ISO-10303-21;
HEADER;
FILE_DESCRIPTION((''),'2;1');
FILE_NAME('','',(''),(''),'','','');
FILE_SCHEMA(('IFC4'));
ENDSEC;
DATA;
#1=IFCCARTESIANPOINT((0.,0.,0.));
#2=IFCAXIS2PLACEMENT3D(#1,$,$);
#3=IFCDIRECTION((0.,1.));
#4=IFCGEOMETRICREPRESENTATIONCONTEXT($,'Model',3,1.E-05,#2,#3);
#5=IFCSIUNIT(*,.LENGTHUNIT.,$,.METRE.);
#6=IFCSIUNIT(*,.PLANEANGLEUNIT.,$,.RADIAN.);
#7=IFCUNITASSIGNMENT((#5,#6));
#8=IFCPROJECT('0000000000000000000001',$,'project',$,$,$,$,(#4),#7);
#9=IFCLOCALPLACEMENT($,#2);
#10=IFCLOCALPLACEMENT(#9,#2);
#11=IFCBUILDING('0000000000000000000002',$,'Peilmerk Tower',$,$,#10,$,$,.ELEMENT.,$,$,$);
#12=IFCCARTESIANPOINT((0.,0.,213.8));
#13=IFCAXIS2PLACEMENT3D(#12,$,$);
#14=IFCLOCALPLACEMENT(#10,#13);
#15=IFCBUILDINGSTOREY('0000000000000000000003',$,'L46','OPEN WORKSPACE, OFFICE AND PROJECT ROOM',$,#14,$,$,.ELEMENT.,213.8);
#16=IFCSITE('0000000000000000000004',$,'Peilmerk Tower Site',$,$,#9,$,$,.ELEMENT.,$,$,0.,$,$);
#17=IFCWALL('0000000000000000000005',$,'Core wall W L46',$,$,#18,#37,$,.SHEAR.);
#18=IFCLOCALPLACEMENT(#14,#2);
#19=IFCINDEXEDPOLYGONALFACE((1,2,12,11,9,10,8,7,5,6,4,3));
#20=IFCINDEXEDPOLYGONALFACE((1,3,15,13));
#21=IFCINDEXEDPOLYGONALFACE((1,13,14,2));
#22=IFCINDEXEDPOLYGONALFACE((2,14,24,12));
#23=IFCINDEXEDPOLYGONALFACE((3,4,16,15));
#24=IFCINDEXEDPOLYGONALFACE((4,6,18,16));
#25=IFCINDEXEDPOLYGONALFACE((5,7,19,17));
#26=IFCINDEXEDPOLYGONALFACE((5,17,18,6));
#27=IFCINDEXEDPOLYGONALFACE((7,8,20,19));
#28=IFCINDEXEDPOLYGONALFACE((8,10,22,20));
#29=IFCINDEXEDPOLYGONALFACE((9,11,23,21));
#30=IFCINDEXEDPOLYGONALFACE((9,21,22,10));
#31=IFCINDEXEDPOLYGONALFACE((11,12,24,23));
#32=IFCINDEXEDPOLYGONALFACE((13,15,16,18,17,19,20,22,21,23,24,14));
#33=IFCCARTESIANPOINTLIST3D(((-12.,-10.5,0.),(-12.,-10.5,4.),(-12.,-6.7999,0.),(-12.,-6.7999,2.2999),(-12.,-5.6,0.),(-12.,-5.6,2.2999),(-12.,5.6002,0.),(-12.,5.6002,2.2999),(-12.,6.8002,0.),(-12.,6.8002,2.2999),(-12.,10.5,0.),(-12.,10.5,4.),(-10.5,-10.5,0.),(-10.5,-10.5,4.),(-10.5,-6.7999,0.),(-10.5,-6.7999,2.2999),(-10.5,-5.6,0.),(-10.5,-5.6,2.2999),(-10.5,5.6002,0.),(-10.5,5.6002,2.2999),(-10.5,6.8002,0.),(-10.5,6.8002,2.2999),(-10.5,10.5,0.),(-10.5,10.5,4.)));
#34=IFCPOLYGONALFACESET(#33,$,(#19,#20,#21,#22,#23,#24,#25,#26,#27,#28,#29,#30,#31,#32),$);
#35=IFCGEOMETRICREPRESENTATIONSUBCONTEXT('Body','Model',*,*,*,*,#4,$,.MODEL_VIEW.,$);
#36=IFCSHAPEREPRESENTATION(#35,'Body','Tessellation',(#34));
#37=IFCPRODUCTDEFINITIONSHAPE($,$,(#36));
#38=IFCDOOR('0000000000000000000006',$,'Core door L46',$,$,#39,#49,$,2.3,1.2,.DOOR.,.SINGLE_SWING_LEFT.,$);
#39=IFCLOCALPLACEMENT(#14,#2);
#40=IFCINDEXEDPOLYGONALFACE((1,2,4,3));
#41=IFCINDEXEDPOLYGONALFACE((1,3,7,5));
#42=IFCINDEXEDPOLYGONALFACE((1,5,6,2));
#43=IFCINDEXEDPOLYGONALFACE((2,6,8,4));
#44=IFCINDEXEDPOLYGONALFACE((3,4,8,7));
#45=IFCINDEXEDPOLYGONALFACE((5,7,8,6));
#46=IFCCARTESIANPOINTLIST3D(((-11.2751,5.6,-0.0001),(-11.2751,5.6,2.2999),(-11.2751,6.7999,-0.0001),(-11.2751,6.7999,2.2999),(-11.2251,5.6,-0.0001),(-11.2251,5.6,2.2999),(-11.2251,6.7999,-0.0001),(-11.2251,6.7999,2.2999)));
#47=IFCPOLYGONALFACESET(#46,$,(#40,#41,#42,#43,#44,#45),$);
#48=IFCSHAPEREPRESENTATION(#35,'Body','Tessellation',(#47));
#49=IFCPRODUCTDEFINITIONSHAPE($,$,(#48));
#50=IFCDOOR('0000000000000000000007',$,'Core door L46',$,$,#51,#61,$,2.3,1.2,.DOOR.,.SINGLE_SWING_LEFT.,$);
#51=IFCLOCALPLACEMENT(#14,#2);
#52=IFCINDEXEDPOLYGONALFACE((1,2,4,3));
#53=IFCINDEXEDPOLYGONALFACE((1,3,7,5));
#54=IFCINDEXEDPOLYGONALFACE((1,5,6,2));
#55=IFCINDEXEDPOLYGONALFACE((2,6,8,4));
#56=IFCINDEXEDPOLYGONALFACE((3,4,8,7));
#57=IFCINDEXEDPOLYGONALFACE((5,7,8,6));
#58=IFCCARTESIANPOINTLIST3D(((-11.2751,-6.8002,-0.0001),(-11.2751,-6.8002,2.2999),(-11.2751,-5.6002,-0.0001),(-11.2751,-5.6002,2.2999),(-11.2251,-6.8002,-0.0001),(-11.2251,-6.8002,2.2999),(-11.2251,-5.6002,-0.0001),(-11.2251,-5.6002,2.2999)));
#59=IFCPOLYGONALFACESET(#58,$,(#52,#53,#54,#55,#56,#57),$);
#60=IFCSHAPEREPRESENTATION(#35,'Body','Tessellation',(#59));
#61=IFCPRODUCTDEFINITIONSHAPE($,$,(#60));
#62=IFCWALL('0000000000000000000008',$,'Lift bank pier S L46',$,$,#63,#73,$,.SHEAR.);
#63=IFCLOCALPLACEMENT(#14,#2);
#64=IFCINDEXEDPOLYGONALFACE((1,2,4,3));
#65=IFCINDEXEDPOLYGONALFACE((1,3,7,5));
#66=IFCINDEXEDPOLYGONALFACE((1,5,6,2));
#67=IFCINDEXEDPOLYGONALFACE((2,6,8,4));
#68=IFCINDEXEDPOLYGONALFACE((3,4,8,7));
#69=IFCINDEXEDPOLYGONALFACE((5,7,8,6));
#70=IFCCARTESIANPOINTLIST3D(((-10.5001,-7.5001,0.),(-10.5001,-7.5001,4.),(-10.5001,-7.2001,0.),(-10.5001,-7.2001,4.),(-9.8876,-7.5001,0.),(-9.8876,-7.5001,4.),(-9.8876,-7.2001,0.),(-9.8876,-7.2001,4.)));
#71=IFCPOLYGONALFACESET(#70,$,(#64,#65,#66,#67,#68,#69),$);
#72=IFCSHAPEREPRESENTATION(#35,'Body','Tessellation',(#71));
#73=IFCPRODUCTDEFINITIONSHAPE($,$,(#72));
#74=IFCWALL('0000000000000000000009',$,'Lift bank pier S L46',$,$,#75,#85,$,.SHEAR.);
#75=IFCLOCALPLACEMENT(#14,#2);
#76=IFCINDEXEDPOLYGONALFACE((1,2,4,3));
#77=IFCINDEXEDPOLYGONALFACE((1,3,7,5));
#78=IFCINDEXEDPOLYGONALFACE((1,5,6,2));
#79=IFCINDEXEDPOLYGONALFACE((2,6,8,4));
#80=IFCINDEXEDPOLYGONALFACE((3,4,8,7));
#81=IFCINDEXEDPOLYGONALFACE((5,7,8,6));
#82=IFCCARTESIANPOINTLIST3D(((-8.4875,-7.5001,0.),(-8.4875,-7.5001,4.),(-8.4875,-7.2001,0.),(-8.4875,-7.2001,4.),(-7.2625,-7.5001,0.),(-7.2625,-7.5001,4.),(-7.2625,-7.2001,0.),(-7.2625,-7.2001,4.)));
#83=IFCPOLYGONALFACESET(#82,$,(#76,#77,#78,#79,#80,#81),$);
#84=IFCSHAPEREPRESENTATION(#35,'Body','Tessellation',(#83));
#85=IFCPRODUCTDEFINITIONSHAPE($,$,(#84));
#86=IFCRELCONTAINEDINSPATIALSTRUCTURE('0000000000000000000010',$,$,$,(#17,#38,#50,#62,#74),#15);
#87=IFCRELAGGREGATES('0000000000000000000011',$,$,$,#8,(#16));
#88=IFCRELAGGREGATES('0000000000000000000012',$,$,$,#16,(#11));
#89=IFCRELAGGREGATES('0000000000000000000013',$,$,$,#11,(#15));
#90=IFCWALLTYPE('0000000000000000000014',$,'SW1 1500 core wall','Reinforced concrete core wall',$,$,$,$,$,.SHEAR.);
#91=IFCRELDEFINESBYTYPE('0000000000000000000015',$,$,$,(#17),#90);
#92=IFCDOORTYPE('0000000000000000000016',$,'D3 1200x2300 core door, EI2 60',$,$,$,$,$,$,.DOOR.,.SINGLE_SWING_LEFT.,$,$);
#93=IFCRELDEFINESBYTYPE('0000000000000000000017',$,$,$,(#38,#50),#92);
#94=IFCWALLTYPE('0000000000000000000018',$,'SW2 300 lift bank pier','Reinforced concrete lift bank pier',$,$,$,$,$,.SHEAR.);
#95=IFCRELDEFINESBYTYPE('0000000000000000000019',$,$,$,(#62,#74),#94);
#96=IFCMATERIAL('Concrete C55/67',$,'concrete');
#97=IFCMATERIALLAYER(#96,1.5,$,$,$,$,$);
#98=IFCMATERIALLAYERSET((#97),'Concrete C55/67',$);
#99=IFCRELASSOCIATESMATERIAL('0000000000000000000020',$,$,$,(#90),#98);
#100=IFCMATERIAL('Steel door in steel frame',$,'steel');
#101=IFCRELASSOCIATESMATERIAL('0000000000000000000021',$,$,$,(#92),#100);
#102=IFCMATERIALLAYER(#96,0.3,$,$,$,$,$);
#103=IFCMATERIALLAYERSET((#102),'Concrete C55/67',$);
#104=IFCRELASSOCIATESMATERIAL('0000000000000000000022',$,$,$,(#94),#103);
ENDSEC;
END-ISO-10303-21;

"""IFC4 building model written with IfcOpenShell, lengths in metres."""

from ifc_helpers import new_model, si_unit, direction, frame, frame_2d, origin, place, context, subcontext, project, spatial, rectangle, extrude, material, layer, layer_set, type_object, element, fill, save


model = new_model("IFC4")

# Units and contexts
model_context = context("Model", 3, precision=1e-05, world=origin(), true_north=direction((0.0, 1.0)))
body_context = subcontext(model_context, "Body", "Model", "MODEL_VIEW")
ifc_project = project(units=[si_unit("LENGTHUNIT", "METRE"), si_unit("PLANEANGLEUNIT", "RADIAN")], contexts=[model_context])

# Site, building, storey
site_placement = place(None, origin())
site = spatial("IfcSite", under=ifc_project, at=site_placement, Name="Peilmerk Tower Site", CompositionType="ELEMENT", RefElevation=0.0)
building_placement = place(site_placement, origin())
building = spatial("IfcBuilding", under=site, at=building_placement, Name="Peilmerk Tower", CompositionType="ELEMENT")
storey_placement = place(building_placement, frame((0.0, 0.0, 213.8)))
storey = spatial("IfcBuildingStorey", under=building, at=storey_placement, Name="L46", Description="OPEN WORKSPACE, OFFICE AND PROJECT ROOM", CompositionType="ELEMENT", Elevation=213.8)

# Wall, openings, doors
ifc_material_1 = material(Name="Concrete C55/67", Category="concrete")
ifc_layer_1 = layer(ifc_material_1, 1.5)
ifc_layer_set_1 = layer_set([ifc_layer_1], Name="Concrete C55/67")
wall_type_1 = type_object("IfcWallType", Name="SW1 1500 core wall", Description="Reinforced concrete core wall", PredefinedType="SHEAR", material=ifc_layer_set_1)
wall_1_placement = place(storey_placement, frame((-11.25, -10.5, 0.0), z_axis=(0.0, 0.0, 1.0), x_axis=(0.0, 1.0, 0.0)))
wall_1 = element("IfcWall", 1, at=wall_1_placement, inside=storey, type_object=wall_type_1, Name="Core wall W L46", PredefinedType="SHEAR", context=body_context, shape_type="SweptSolid", body=[
    extrude(rectangle(XDim=21.0, YDim=1.5, at=frame_2d((10.5, 0.0))), origin(), (0.0, 0.0, 1.0), 4.0),
])
opening_1_placement = place(wall_1_placement, frame((16.1001, 0.0, 0.0)))
opening_1 = element("IfcOpeningElement", 2, at=opening_1_placement, cuts=wall_1, PredefinedType="OPENING", context=body_context, shape_type="SweptSolid", body=[
    extrude(rectangle(XDim=1.2, YDim=2.3, at=frame_2d((0.6001, 1.1499))), frame((0.0, 0.76, 0.0), z_axis=(0.0, -1.0, 0.0), x_axis=(1.0, 0.0, 0.0)), (0.0, 0.0, 1.0), 1.52),
])
opening_2_placement = place(wall_1_placement, frame((3.7, 0.0, 0.0)))
opening_2 = element("IfcOpeningElement", 3, at=opening_2_placement, cuts=wall_1, PredefinedType="OPENING", context=body_context, shape_type="SweptSolid", body=[
    extrude(rectangle(XDim=1.2, YDim=2.3, at=frame_2d((0.6001, 1.1499))), frame((0.0, 0.76, 0.0), z_axis=(0.0, -1.0, 0.0), x_axis=(1.0, 0.0, 0.0)), (0.0, 0.0, 1.0), 1.52),
])
ifc_material_2 = material(Name="Steel door in steel frame", Category="steel")
door_type_1 = type_object("IfcDoorType", Name="D3 1200x2300 core door, EI2 60", OperationType="SINGLE_SWING_LEFT", PredefinedType="DOOR", material=ifc_material_2)
door_1_placement = place(opening_1_placement, frame((1.2, 0.0, 0.0), z_axis=(0.0, 0.0, 1.0), x_axis=(-1.0, 0.0, 0.0)))
door_1 = element("IfcDoor", 4, at=door_1_placement, inside=storey, type_object=door_type_1, Name="Core door L46", OperationType="SINGLE_SWING_LEFT", OverallHeight=2.3, OverallWidth=1.2, PredefinedType="DOOR", context=body_context, shape_type="SweptSolid", body=[
    extrude(rectangle(XDim=1.2, YDim=2.3, at=frame_2d((0.6001, 1.1499))), frame((0.0, 0.0249, 0.0), z_axis=(0.0, -1.0, 0.0), x_axis=(1.0, 0.0, 0.0)), (0.0, 0.0, 1.0), 0.05),
])
fill(opening_1, door_1)
door_2_placement = place(opening_2_placement, frame((1.2, 0.0, 0.0), z_axis=(0.0, 0.0, 1.0), x_axis=(-1.0, 0.0, 0.0)))
door_2 = element("IfcDoor", 5, at=door_2_placement, inside=storey, type_object=door_type_1, Name="Core door L46", OperationType="SINGLE_SWING_LEFT", OverallHeight=2.3, OverallWidth=1.2, PredefinedType="DOOR", context=body_context, shape_type="SweptSolid", body=[
    extrude(rectangle(XDim=1.2, YDim=2.3, at=frame_2d((0.6001, 1.1499))), frame((0.0, 0.0249, 0.0), z_axis=(0.0, -1.0, 0.0), x_axis=(1.0, 0.0, 0.0)), (0.0, 0.0, 1.0), 0.05),
])
fill(opening_2, door_2)

# Walls
ifc_layer_2 = layer(ifc_material_1, 0.3)
ifc_layer_set_2 = layer_set([ifc_layer_2], Name="Concrete C55/67")
wall_type_2 = type_object("IfcWallType", Name="SW2 300 lift bank pier", Description="Reinforced concrete lift bank pier", PredefinedType="SHEAR", material=ifc_layer_set_2)
wall_2_placement = place(storey_placement, frame((-10.5, -7.3501, 0.0), z_axis=(0.0, 0.0, 1.0), x_axis=(1.0, 0.0, 0.0)))
element("IfcWall", 6, at=wall_2_placement, inside=storey, type_object=wall_type_2, Name="Lift bank pier S L46", PredefinedType="SHEAR", context=body_context, shape_type="SweptSolid", body=[
    extrude(rectangle(XDim=0.6125, YDim=0.3, at=frame_2d((0.3062, 0.0))), origin(), (0.0, 0.0, 1.0), 4.0),
])
wall_3_placement = place(storey_placement, frame((-8.4875, -7.3501, 0.0), z_axis=(0.0, 0.0, 1.0), x_axis=(1.0, 0.0, 0.0)))
element("IfcWall", 7, at=wall_3_placement, inside=storey, type_object=wall_type_2, Name="Lift bank pier S L46", PredefinedType="SHEAR", context=body_context, shape_type="SweptSolid", body=[
    extrude(rectangle(XDim=1.2251, YDim=0.3, at=frame_2d((0.6125, 0.0))), origin(), (0.0, 0.0, 1.0), 4.0),
])

save(model, "model.ifc")
